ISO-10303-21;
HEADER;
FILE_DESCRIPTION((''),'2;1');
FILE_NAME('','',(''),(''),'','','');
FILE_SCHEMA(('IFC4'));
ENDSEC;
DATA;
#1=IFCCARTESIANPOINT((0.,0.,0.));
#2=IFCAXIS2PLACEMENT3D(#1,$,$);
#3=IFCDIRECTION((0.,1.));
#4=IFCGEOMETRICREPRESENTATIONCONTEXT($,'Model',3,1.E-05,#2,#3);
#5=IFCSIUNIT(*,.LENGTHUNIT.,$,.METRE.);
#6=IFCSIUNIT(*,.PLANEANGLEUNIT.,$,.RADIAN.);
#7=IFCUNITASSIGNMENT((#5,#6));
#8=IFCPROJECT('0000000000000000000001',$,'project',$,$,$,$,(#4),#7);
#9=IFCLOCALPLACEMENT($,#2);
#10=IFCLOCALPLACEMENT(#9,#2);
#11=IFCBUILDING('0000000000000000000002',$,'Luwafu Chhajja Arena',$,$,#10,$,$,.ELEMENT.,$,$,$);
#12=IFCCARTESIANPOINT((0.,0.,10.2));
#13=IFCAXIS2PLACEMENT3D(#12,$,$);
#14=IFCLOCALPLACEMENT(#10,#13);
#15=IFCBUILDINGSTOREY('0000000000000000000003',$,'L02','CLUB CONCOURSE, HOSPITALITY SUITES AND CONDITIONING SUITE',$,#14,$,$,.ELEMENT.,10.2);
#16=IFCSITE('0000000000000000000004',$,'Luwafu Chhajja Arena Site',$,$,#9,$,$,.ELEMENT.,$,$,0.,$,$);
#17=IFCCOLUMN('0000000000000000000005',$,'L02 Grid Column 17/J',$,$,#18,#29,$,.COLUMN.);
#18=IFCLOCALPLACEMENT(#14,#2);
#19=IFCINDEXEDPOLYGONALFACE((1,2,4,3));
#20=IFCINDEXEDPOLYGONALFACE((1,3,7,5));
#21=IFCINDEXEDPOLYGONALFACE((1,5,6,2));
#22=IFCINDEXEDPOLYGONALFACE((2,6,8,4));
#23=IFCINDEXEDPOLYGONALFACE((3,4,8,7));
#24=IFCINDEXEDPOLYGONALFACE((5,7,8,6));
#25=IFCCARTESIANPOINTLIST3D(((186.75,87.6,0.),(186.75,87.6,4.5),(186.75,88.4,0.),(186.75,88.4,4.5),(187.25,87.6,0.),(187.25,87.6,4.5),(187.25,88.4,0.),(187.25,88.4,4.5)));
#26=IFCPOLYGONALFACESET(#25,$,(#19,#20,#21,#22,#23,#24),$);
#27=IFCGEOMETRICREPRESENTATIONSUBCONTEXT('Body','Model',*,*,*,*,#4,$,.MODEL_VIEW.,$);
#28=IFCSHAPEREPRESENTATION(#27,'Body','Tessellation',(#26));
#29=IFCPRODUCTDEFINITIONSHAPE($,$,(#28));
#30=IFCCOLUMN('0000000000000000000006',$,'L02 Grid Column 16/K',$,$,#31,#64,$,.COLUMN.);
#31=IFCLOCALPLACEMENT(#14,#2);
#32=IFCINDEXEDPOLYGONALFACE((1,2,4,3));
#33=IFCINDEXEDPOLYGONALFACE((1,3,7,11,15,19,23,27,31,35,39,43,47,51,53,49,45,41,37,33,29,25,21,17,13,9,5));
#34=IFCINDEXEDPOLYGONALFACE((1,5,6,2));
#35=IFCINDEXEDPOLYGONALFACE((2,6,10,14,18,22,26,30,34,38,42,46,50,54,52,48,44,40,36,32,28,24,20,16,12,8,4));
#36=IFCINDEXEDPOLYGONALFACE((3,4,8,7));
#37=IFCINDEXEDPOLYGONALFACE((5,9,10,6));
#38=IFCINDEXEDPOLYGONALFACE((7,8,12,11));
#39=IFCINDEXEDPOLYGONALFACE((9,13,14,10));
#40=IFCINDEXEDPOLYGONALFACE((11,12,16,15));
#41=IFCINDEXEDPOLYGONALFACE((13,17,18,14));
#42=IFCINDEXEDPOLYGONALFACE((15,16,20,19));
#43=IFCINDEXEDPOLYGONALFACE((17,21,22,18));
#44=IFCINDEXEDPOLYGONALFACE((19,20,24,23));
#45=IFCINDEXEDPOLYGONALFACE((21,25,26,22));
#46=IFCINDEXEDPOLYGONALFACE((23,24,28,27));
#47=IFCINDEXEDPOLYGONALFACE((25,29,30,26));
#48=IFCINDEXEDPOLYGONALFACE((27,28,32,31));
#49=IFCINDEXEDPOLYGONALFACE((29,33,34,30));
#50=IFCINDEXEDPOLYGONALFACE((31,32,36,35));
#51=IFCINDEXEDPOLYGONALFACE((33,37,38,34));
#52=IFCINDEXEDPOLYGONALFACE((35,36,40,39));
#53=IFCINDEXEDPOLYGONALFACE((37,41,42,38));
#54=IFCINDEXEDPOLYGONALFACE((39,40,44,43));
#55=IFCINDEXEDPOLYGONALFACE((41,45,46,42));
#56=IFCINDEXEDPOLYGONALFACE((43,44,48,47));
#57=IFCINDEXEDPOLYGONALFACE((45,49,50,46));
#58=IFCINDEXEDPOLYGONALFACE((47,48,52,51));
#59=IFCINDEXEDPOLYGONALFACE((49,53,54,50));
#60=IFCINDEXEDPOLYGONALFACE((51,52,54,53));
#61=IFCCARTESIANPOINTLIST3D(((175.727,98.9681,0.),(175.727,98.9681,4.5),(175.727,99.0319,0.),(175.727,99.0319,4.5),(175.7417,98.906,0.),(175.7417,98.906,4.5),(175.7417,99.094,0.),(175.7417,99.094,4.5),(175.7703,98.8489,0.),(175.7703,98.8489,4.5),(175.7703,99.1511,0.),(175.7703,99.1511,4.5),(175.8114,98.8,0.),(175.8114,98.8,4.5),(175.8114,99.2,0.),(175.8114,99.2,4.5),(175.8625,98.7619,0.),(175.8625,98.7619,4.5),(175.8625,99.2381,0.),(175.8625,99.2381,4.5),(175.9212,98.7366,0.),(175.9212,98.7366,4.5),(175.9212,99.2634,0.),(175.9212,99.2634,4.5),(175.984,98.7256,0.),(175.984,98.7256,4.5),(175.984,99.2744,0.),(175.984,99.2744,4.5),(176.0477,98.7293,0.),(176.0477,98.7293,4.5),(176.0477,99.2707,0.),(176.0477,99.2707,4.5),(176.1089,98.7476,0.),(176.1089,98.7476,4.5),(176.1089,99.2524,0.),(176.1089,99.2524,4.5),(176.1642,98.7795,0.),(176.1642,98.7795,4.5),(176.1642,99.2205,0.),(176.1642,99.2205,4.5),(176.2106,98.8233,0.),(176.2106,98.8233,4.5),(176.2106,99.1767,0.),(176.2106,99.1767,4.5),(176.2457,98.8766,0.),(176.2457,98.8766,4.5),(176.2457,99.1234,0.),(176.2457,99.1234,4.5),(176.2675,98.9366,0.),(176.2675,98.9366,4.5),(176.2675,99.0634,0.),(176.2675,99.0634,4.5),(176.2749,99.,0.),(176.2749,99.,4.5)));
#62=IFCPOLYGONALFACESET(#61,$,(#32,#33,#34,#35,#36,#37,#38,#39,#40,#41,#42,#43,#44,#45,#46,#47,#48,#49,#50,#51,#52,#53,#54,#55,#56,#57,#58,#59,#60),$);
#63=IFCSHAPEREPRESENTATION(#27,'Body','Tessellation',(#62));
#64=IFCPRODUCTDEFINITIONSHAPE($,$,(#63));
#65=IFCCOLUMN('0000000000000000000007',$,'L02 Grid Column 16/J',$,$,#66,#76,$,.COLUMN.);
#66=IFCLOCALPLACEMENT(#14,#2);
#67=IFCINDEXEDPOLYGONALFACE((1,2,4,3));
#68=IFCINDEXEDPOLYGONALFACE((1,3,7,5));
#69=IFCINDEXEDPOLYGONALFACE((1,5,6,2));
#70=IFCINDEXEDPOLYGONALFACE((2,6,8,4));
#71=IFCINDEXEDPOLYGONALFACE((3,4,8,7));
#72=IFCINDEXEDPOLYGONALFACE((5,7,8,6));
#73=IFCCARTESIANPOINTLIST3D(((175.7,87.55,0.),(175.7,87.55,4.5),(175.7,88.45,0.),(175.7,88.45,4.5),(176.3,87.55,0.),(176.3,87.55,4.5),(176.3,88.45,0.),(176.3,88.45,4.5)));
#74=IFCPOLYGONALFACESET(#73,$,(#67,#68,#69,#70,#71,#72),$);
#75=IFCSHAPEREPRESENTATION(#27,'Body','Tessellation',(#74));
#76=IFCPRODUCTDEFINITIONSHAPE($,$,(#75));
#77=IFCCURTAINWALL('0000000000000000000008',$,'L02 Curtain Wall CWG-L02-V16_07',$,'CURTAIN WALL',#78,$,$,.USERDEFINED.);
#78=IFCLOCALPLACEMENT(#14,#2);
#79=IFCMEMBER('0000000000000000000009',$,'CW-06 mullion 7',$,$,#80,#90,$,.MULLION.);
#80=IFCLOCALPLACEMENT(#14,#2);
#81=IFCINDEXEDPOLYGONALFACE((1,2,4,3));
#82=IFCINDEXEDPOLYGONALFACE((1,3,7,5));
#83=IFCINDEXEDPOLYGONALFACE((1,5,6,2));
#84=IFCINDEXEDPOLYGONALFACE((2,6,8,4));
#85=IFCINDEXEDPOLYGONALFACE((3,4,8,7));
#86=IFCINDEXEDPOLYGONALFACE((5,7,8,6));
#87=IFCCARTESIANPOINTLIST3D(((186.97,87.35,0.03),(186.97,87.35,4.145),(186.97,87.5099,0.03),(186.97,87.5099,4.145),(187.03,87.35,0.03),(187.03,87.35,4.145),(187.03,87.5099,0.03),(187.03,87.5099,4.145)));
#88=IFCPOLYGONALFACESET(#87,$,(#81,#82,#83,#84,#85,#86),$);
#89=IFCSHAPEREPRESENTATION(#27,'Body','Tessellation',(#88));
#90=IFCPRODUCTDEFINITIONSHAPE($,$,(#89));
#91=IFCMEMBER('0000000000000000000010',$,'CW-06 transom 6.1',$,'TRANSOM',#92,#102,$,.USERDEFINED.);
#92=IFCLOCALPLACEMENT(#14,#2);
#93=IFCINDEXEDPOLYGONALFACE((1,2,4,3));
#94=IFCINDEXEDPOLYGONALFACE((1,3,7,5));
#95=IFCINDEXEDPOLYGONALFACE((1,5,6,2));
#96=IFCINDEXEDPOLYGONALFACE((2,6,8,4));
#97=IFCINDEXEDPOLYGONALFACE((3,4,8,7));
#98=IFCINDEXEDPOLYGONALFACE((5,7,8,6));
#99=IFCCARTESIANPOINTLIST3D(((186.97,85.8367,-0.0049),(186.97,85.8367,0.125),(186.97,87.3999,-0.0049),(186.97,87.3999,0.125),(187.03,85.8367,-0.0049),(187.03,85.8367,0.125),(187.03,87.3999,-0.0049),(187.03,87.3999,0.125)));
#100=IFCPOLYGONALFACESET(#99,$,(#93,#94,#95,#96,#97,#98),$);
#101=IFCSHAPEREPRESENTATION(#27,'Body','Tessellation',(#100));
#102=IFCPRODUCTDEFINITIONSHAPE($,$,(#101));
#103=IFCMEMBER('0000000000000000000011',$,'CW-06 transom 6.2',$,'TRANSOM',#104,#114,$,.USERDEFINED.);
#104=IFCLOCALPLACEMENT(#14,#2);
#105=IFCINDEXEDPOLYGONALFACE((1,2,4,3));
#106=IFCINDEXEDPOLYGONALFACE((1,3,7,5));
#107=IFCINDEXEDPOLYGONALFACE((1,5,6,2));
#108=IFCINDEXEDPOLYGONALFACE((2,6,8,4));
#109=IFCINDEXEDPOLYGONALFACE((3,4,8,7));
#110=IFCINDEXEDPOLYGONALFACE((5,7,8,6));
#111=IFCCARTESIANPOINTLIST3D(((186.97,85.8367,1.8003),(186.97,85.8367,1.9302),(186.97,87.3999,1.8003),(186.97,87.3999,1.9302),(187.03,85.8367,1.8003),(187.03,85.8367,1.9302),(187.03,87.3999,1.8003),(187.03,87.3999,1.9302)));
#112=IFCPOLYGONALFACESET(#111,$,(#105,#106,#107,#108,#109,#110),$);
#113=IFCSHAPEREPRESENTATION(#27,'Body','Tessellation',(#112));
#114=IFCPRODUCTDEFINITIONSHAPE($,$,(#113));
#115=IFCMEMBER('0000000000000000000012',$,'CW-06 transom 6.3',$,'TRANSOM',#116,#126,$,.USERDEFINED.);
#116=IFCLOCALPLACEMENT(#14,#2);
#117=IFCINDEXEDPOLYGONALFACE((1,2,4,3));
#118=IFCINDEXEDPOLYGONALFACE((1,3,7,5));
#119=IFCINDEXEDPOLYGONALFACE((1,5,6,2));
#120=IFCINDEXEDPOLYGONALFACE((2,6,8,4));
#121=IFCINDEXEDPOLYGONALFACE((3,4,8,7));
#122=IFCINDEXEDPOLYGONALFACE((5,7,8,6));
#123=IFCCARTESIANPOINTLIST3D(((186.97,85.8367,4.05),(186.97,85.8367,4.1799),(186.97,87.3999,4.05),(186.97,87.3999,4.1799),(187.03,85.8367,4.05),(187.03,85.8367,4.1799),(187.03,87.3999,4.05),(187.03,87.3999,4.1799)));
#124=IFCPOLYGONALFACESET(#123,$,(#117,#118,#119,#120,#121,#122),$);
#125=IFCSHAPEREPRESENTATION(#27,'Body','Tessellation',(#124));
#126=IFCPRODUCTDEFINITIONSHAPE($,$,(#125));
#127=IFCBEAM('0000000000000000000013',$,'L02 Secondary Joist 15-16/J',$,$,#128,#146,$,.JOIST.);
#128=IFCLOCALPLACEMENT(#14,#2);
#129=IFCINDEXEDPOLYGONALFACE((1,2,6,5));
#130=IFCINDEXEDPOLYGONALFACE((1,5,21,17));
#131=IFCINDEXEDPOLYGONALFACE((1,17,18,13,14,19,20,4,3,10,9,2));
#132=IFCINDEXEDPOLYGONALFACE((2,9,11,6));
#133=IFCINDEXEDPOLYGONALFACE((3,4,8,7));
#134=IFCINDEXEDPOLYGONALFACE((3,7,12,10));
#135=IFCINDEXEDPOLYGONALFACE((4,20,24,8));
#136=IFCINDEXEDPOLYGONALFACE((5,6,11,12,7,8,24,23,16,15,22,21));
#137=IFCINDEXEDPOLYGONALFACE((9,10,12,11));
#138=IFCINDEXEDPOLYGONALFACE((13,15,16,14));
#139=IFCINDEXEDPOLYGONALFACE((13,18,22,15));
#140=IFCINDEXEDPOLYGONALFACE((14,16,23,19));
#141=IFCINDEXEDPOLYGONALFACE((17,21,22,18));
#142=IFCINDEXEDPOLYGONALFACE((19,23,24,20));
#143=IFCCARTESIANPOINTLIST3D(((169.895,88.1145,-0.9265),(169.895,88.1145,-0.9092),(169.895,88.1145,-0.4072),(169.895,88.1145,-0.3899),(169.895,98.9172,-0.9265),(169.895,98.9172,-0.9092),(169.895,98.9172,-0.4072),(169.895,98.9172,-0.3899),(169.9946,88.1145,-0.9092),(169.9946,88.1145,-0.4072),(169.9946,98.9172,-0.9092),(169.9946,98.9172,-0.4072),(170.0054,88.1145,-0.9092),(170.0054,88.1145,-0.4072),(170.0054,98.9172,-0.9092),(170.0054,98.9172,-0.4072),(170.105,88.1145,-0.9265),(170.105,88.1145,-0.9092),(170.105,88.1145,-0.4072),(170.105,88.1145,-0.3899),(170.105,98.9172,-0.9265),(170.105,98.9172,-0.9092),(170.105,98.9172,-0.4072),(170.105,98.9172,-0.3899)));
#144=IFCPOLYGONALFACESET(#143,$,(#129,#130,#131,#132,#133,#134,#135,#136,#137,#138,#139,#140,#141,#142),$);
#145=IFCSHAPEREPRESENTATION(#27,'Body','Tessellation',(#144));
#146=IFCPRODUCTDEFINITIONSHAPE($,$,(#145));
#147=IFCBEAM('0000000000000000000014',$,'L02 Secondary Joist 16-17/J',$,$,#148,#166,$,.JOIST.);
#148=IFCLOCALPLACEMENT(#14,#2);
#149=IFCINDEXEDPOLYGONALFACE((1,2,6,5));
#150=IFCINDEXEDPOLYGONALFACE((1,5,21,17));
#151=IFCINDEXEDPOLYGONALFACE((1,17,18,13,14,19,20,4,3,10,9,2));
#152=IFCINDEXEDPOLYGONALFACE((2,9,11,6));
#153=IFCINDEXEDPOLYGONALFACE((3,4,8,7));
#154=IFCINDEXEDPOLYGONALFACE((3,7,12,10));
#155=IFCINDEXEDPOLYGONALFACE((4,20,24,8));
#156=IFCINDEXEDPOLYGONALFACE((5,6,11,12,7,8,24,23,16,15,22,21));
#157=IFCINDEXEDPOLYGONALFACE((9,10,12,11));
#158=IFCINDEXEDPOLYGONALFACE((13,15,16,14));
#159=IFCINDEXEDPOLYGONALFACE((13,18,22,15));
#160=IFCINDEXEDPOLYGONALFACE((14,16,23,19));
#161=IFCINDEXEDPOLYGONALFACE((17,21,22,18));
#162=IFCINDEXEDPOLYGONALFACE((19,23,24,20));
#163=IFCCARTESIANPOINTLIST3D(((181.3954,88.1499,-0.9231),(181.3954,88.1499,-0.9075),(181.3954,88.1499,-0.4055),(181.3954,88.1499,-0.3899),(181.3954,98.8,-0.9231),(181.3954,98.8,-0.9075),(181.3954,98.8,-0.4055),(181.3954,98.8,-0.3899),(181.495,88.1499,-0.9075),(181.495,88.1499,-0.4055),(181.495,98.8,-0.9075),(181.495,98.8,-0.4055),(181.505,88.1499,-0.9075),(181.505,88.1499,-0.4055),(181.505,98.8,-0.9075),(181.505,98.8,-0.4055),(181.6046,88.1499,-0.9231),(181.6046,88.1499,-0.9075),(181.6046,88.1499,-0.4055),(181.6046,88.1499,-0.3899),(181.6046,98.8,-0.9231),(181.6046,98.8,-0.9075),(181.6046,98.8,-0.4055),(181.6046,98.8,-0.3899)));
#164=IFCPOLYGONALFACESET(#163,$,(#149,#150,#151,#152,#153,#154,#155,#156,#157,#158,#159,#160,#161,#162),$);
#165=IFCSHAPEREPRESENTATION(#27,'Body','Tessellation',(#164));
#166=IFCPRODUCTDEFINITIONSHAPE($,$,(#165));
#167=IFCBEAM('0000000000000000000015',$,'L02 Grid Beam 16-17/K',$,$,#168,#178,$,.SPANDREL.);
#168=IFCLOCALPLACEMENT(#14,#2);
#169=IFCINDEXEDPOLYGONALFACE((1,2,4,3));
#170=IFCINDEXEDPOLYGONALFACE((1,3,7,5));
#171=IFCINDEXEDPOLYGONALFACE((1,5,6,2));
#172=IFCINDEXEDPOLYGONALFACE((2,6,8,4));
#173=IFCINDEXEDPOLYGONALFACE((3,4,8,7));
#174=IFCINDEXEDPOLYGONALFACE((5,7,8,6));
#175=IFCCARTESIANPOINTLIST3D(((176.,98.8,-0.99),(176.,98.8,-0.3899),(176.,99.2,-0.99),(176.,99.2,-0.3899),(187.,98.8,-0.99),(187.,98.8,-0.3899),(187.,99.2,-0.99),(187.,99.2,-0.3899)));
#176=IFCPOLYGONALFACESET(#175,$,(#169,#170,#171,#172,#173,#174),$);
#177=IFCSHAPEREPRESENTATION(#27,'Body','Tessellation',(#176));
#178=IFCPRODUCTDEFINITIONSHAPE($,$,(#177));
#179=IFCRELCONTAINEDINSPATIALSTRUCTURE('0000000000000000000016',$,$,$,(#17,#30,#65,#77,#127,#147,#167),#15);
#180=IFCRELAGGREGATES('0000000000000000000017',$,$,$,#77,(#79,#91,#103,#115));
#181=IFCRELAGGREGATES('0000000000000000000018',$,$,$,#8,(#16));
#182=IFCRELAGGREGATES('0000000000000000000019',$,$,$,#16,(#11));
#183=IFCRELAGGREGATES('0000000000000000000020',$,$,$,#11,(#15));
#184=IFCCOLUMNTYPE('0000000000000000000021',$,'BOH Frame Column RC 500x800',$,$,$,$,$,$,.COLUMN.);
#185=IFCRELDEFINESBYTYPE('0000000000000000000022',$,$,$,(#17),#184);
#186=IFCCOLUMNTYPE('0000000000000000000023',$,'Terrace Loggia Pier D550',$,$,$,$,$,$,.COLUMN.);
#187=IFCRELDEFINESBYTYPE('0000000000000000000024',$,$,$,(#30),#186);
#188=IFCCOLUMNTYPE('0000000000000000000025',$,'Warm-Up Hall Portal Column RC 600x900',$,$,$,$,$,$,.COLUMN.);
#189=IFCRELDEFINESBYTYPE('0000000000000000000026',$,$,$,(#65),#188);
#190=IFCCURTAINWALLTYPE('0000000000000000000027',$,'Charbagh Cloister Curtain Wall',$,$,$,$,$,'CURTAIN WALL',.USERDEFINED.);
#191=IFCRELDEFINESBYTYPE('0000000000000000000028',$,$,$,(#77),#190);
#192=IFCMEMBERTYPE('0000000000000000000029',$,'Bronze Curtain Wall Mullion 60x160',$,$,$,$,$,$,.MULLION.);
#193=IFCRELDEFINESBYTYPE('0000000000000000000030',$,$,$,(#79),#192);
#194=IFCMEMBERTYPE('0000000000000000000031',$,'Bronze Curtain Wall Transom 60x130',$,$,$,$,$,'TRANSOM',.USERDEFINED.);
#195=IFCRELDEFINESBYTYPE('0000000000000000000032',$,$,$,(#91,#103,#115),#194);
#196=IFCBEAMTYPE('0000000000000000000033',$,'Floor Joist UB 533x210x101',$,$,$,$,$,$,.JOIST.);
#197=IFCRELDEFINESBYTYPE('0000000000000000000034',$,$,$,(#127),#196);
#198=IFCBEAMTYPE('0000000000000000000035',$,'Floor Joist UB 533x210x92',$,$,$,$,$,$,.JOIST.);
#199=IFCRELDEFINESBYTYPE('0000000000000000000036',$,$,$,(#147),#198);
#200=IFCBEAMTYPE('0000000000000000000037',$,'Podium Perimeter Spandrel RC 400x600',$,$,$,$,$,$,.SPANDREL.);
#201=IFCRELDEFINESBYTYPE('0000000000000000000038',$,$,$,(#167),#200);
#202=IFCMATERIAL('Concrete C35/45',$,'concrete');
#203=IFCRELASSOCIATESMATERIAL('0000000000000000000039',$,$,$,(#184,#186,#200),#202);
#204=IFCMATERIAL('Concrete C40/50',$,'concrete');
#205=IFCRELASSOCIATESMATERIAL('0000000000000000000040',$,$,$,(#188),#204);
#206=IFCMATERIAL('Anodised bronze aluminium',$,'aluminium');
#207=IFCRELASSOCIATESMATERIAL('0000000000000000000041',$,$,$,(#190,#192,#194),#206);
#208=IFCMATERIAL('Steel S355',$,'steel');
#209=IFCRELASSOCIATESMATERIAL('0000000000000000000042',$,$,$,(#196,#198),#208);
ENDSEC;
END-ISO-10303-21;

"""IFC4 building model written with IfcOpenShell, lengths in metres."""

from ifc_helpers import new_model, si_unit, direction, frame, origin, origin_2d, place, context, subcontext, project, spatial, rectangle, circle, i_section, extrude, material, material_profile, profile_set, type_object, element, aggregate, save


model = new_model("IFC4")

# Units and contexts
model_context = context("Model", 3, precision=1e-05, world=origin(), true_north=direction((0.0, 1.0)))
body_context = subcontext(model_context, "Body", "Model", "MODEL_VIEW")
ifc_project = project(units=[si_unit("LENGTHUNIT", "METRE"), si_unit("PLANEANGLEUNIT", "RADIAN")], contexts=[model_context])

# Site, building, storey
site_placement = place(None, origin())
site = spatial("IfcSite", under=ifc_project, at=site_placement, Name="Luwafu Chhajja Arena Site", CompositionType="ELEMENT", RefElevation=0.0)
building_placement = place(site_placement, origin())
building = spatial("IfcBuilding", under=site, at=building_placement, Name="Luwafu Chhajja Arena", CompositionType="ELEMENT")
storey_placement = place(building_placement, frame((0.0, 0.0, 10.2)))
storey = spatial("IfcBuildingStorey", under=building, at=storey_placement, Name="L02", Description="CLUB CONCOURSE, HOSPITALITY SUITES AND CONDITIONING SUITE", CompositionType="ELEMENT", Elevation=10.2)

# Columns
ifc_material_1 = material(Name="Concrete C35/45", Category="concrete")
ifc_material_profile_1 = material_profile(ifc_material_1, rectangle(XDim=0.5, YDim=0.8, at=origin_2d()), Name="RC 500x800")
ifc_profile_set_1 = profile_set([ifc_material_profile_1], Name="Concrete C35/45")
column_type_1 = type_object("IfcColumnType", Name="BOH Frame Column RC 500x800", PredefinedType="COLUMN", material=ifc_profile_set_1)
column_1_placement = place(storey_placement, frame((187.0, 88.0, 0.0), z_axis=(0.0, 0.0, 1.0), x_axis=(1.0, 0.0, 0.0)))
element("IfcColumn", 1, at=column_1_placement, inside=storey, type_object=column_type_1, Name="L02 Grid Column 17/J", PredefinedType="COLUMN", context=body_context, shape_type="SweptSolid", body=[
    extrude(rectangle(XDim=0.5, YDim=0.8, at=origin_2d()), origin(), (0.0, 0.0, 1.0), 4.5),
])
ifc_material_profile_2 = material_profile(ifc_material_1, circle(Radius=0.2749, at=origin_2d()), Name="RC COL D550")
ifc_profile_set_2 = profile_set([ifc_material_profile_2], Name="Concrete C35/45")
column_type_2 = type_object("IfcColumnType", Name="Terrace Loggia Pier D550", PredefinedType="COLUMN", material=ifc_profile_set_2)
column_2_placement = place(storey_placement, frame((176.0, 99.0, 0.0), z_axis=(0.0, 0.0, 1.0), x_axis=(1.0, 0.0, 0.0)))
element("IfcColumn", 2, at=column_2_placement, inside=storey, type_object=column_type_2, Name="L02 Grid Column 16/K", PredefinedType="COLUMN", context=body_context, shape_type="SweptSolid", body=[
    extrude(circle(Radius=0.2749, at=origin_2d()), origin(), (0.0, 0.0, 1.0), 4.5),
])
ifc_material_2 = material(Name="Concrete C40/50", Category="concrete")
ifc_material_profile_3 = material_profile(ifc_material_2, rectangle(XDim=0.6001, YDim=0.8999, at=origin_2d()), Name="RC 600x900")
ifc_profile_set_3 = profile_set([ifc_material_profile_3], Name="Concrete C40/50")
column_type_3 = type_object("IfcColumnType", Name="Warm-Up Hall Portal Column RC 600x900", PredefinedType="COLUMN", material=ifc_profile_set_3)
column_3_placement = place(storey_placement, frame((176.0, 88.0, 0.0), z_axis=(0.0, 0.0, 1.0), x_axis=(1.0, 0.0, 0.0)))
element("IfcColumn", 3, at=column_3_placement, inside=storey, type_object=column_type_3, Name="L02 Grid Column 16/J", PredefinedType="COLUMN", context=body_context, shape_type="SweptSolid", body=[
    extrude(rectangle(XDim=0.6001, YDim=0.8999, at=origin_2d()), origin(), (0.0, 0.0, 1.0), 4.5),
])

# Curtain wall, members
ifc_material_3 = material(Name="Anodised bronze aluminium", Category="aluminium")
curtain_wall_type = type_object("IfcCurtainWallType", Name="Charbagh Cloister Curtain Wall", ElementType="CURTAIN WALL", PredefinedType="USERDEFINED", material=ifc_material_3)
curtain_wall_placement = place(storey_placement, origin())
curtain_wall = element("IfcCurtainWall", 4, at=curtain_wall_placement, inside=storey, type_object=curtain_wall_type, Name="L02 Curtain Wall CWG-L02-V16_07", ObjectType="CURTAIN WALL", PredefinedType="USERDEFINED")
ifc_material_profile_4 = material_profile(ifc_material_3, rectangle(XDim=0.0601, YDim=0.1599, at=origin_2d()), Name="CWM 60x160")
ifc_profile_set_4 = profile_set([ifc_material_profile_4], Name="Anodised bronze aluminium")
member_type_1 = type_object("IfcMemberType", Name="Bronze Curtain Wall Mullion 60x160", PredefinedType="MULLION", material=ifc_profile_set_4)
member_1_placement = place(storey_placement, frame((187.0, 87.4299, 0.03), z_axis=(0.0, 0.0, 1.0), x_axis=(-1.0, 0.0, 0.0)))
member_1 = element("IfcMember", 5, at=member_1_placement, type_object=member_type_1, Name="CW-06 mullion 7", PredefinedType="MULLION", context=body_context, shape_type="SweptSolid", body=[
    extrude(rectangle(XDim=0.0601, YDim=0.1599, at=origin_2d()), origin(), (0.0, 0.0, 1.0), 4.115),
])
ifc_material_profile_5 = material_profile(ifc_material_3, rectangle(XDim=0.0601, YDim=0.1299, at=origin_2d()), Name="CWT 60x130")
ifc_profile_set_5 = profile_set([ifc_material_profile_5], Name="Anodised bronze aluminium")
member_type_2 = type_object("IfcMemberType", Name="Bronze Curtain Wall Transom 60x130", ElementType="TRANSOM", PredefinedType="USERDEFINED", material=ifc_profile_set_5)
member_2_placement = place(storey_placement, frame((187.0, 85.8367, 0.0601), z_axis=(0.0, 1.0, 0.0), x_axis=(-1.0, 0.0, 0.0)))
member_2 = element("IfcMember", 6, at=member_2_placement, type_object=member_type_2, Name="CW-06 transom 6.1", ObjectType="TRANSOM", PredefinedType="USERDEFINED", context=body_context, shape_type="SweptSolid", body=[
    extrude(rectangle(XDim=0.0601, YDim=0.1299, at=origin_2d()), origin(), (0.0, 0.0, 1.0), 1.5632),
])
member_3_placement = place(storey_placement, frame((187.0, 85.8367, 1.8652), z_axis=(0.0, 1.0, 0.0), x_axis=(-1.0, 0.0, 0.0)))
member_3 = element("IfcMember", 7, at=member_3_placement, type_object=member_type_2, Name="CW-06 transom 6.2", ObjectType="TRANSOM", PredefinedType="USERDEFINED", context=body_context, shape_type="SweptSolid", body=[
    extrude(rectangle(XDim=0.0601, YDim=0.1299, at=origin_2d()), origin(), (0.0, 0.0, 1.0), 1.5632),
])
member_4_placement = place(storey_placement, frame((187.0, 85.8367, 4.115), z_axis=(0.0, 1.0, 0.0), x_axis=(-1.0, 0.0, 0.0)))
member_4 = element("IfcMember", 8, at=member_4_placement, type_object=member_type_2, Name="CW-06 transom 6.3", ObjectType="TRANSOM", PredefinedType="USERDEFINED", context=body_context, shape_type="SweptSolid", body=[
    extrude(rectangle(XDim=0.0601, YDim=0.1299, at=origin_2d()), origin(), (0.0, 0.0, 1.0), 1.5632),
])

# Beams
ifc_material_4 = material(Name="Steel S355", Category="steel")
ifc_material_profile_6 = material_profile(ifc_material_4, i_section(OverallWidth=0.21, OverallDepth=0.5366, WebThickness=0.0107, FlangeThickness=0.0173, at=origin_2d()), Name="UB 533x210x101")
ifc_profile_set_6 = profile_set([ifc_material_profile_6], Name="Steel S355")
beam_type_1 = type_object("IfcBeamType", Name="Floor Joist UB 533x210x101", PredefinedType="JOIST", material=ifc_profile_set_6)
beam_1_placement = place(storey_placement, frame((170.0, 88.1145, -0.6582), z_axis=(0.0, 1.0, 0.0), x_axis=(-1.0, 0.0, 0.0)))
element("IfcBeam", 9, at=beam_1_placement, inside=storey, type_object=beam_type_1, Name="L02 Secondary Joist 15-16/J", PredefinedType="JOIST", context=body_context, shape_type="SweptSolid", body=[
    extrude(i_section(OverallWidth=0.21, OverallDepth=0.5366, WebThickness=0.0107, FlangeThickness=0.0173, at=origin_2d()), origin(), (0.0, 0.0, 1.0), 10.8027),
])
ifc_material_profile_7 = material_profile(ifc_material_4, i_section(OverallWidth=0.2092, OverallDepth=0.5332, WebThickness=0.01, FlangeThickness=0.0156, at=origin_2d()), Name="UB 533x210x92")
ifc_profile_set_7 = profile_set([ifc_material_profile_7], Name="Steel S355")
beam_type_2 = type_object("IfcBeamType", Name="Floor Joist UB 533x210x92", PredefinedType="JOIST", material=ifc_profile_set_7)
beam_2_placement = place(storey_placement, frame((181.5, 88.1499, -0.6565), z_axis=(0.0, 1.0, 0.0), x_axis=(-1.0, 0.0, 0.0)))
element("IfcBeam", 10, at=beam_2_placement, inside=storey, type_object=beam_type_2, Name="L02 Secondary Joist 16-17/J", PredefinedType="JOIST", context=body_context, shape_type="SweptSolid", body=[
    extrude(i_section(OverallWidth=0.2092, OverallDepth=0.5332, WebThickness=0.01, FlangeThickness=0.0156, at=origin_2d()), origin(), (0.0, 0.0, 1.0), 10.6501),
])
ifc_material_profile_8 = material_profile(ifc_material_1, rectangle(XDim=0.3999, YDim=0.6001, at=origin_2d()), Name="RC 400x600")
ifc_profile_set_8 = profile_set([ifc_material_profile_8], Name="Concrete C35/45")
beam_type_3 = type_object("IfcBeamType", Name="Podium Perimeter Spandrel RC 400x600", PredefinedType="SPANDREL", material=ifc_profile_set_8)
for number, where, z_axis, x_axis, name in (
    (11, (176.0, 99.0, -0.6899), (1.0, 0.0, 0.0), (0.0, 1.0, 0.0), "L02 Grid Beam 16-17/K"),
):
    element("IfcBeam", number, at=place(storey_placement, frame(where, z_axis=z_axis, x_axis=x_axis)), inside=storey, type_object=beam_type_3, Name=name, PredefinedType="SPANDREL", context=body_context, shape_type="SweptSolid", body=[
        extrude(rectangle(XDim=0.3999, YDim=0.6001, at=origin_2d()), origin(), (0.0, 0.0, 1.0), 11.0),
    ])

aggregate(curtain_wall, [member_1, member_2, member_3, member_4])

save(model, "model.ifc")
